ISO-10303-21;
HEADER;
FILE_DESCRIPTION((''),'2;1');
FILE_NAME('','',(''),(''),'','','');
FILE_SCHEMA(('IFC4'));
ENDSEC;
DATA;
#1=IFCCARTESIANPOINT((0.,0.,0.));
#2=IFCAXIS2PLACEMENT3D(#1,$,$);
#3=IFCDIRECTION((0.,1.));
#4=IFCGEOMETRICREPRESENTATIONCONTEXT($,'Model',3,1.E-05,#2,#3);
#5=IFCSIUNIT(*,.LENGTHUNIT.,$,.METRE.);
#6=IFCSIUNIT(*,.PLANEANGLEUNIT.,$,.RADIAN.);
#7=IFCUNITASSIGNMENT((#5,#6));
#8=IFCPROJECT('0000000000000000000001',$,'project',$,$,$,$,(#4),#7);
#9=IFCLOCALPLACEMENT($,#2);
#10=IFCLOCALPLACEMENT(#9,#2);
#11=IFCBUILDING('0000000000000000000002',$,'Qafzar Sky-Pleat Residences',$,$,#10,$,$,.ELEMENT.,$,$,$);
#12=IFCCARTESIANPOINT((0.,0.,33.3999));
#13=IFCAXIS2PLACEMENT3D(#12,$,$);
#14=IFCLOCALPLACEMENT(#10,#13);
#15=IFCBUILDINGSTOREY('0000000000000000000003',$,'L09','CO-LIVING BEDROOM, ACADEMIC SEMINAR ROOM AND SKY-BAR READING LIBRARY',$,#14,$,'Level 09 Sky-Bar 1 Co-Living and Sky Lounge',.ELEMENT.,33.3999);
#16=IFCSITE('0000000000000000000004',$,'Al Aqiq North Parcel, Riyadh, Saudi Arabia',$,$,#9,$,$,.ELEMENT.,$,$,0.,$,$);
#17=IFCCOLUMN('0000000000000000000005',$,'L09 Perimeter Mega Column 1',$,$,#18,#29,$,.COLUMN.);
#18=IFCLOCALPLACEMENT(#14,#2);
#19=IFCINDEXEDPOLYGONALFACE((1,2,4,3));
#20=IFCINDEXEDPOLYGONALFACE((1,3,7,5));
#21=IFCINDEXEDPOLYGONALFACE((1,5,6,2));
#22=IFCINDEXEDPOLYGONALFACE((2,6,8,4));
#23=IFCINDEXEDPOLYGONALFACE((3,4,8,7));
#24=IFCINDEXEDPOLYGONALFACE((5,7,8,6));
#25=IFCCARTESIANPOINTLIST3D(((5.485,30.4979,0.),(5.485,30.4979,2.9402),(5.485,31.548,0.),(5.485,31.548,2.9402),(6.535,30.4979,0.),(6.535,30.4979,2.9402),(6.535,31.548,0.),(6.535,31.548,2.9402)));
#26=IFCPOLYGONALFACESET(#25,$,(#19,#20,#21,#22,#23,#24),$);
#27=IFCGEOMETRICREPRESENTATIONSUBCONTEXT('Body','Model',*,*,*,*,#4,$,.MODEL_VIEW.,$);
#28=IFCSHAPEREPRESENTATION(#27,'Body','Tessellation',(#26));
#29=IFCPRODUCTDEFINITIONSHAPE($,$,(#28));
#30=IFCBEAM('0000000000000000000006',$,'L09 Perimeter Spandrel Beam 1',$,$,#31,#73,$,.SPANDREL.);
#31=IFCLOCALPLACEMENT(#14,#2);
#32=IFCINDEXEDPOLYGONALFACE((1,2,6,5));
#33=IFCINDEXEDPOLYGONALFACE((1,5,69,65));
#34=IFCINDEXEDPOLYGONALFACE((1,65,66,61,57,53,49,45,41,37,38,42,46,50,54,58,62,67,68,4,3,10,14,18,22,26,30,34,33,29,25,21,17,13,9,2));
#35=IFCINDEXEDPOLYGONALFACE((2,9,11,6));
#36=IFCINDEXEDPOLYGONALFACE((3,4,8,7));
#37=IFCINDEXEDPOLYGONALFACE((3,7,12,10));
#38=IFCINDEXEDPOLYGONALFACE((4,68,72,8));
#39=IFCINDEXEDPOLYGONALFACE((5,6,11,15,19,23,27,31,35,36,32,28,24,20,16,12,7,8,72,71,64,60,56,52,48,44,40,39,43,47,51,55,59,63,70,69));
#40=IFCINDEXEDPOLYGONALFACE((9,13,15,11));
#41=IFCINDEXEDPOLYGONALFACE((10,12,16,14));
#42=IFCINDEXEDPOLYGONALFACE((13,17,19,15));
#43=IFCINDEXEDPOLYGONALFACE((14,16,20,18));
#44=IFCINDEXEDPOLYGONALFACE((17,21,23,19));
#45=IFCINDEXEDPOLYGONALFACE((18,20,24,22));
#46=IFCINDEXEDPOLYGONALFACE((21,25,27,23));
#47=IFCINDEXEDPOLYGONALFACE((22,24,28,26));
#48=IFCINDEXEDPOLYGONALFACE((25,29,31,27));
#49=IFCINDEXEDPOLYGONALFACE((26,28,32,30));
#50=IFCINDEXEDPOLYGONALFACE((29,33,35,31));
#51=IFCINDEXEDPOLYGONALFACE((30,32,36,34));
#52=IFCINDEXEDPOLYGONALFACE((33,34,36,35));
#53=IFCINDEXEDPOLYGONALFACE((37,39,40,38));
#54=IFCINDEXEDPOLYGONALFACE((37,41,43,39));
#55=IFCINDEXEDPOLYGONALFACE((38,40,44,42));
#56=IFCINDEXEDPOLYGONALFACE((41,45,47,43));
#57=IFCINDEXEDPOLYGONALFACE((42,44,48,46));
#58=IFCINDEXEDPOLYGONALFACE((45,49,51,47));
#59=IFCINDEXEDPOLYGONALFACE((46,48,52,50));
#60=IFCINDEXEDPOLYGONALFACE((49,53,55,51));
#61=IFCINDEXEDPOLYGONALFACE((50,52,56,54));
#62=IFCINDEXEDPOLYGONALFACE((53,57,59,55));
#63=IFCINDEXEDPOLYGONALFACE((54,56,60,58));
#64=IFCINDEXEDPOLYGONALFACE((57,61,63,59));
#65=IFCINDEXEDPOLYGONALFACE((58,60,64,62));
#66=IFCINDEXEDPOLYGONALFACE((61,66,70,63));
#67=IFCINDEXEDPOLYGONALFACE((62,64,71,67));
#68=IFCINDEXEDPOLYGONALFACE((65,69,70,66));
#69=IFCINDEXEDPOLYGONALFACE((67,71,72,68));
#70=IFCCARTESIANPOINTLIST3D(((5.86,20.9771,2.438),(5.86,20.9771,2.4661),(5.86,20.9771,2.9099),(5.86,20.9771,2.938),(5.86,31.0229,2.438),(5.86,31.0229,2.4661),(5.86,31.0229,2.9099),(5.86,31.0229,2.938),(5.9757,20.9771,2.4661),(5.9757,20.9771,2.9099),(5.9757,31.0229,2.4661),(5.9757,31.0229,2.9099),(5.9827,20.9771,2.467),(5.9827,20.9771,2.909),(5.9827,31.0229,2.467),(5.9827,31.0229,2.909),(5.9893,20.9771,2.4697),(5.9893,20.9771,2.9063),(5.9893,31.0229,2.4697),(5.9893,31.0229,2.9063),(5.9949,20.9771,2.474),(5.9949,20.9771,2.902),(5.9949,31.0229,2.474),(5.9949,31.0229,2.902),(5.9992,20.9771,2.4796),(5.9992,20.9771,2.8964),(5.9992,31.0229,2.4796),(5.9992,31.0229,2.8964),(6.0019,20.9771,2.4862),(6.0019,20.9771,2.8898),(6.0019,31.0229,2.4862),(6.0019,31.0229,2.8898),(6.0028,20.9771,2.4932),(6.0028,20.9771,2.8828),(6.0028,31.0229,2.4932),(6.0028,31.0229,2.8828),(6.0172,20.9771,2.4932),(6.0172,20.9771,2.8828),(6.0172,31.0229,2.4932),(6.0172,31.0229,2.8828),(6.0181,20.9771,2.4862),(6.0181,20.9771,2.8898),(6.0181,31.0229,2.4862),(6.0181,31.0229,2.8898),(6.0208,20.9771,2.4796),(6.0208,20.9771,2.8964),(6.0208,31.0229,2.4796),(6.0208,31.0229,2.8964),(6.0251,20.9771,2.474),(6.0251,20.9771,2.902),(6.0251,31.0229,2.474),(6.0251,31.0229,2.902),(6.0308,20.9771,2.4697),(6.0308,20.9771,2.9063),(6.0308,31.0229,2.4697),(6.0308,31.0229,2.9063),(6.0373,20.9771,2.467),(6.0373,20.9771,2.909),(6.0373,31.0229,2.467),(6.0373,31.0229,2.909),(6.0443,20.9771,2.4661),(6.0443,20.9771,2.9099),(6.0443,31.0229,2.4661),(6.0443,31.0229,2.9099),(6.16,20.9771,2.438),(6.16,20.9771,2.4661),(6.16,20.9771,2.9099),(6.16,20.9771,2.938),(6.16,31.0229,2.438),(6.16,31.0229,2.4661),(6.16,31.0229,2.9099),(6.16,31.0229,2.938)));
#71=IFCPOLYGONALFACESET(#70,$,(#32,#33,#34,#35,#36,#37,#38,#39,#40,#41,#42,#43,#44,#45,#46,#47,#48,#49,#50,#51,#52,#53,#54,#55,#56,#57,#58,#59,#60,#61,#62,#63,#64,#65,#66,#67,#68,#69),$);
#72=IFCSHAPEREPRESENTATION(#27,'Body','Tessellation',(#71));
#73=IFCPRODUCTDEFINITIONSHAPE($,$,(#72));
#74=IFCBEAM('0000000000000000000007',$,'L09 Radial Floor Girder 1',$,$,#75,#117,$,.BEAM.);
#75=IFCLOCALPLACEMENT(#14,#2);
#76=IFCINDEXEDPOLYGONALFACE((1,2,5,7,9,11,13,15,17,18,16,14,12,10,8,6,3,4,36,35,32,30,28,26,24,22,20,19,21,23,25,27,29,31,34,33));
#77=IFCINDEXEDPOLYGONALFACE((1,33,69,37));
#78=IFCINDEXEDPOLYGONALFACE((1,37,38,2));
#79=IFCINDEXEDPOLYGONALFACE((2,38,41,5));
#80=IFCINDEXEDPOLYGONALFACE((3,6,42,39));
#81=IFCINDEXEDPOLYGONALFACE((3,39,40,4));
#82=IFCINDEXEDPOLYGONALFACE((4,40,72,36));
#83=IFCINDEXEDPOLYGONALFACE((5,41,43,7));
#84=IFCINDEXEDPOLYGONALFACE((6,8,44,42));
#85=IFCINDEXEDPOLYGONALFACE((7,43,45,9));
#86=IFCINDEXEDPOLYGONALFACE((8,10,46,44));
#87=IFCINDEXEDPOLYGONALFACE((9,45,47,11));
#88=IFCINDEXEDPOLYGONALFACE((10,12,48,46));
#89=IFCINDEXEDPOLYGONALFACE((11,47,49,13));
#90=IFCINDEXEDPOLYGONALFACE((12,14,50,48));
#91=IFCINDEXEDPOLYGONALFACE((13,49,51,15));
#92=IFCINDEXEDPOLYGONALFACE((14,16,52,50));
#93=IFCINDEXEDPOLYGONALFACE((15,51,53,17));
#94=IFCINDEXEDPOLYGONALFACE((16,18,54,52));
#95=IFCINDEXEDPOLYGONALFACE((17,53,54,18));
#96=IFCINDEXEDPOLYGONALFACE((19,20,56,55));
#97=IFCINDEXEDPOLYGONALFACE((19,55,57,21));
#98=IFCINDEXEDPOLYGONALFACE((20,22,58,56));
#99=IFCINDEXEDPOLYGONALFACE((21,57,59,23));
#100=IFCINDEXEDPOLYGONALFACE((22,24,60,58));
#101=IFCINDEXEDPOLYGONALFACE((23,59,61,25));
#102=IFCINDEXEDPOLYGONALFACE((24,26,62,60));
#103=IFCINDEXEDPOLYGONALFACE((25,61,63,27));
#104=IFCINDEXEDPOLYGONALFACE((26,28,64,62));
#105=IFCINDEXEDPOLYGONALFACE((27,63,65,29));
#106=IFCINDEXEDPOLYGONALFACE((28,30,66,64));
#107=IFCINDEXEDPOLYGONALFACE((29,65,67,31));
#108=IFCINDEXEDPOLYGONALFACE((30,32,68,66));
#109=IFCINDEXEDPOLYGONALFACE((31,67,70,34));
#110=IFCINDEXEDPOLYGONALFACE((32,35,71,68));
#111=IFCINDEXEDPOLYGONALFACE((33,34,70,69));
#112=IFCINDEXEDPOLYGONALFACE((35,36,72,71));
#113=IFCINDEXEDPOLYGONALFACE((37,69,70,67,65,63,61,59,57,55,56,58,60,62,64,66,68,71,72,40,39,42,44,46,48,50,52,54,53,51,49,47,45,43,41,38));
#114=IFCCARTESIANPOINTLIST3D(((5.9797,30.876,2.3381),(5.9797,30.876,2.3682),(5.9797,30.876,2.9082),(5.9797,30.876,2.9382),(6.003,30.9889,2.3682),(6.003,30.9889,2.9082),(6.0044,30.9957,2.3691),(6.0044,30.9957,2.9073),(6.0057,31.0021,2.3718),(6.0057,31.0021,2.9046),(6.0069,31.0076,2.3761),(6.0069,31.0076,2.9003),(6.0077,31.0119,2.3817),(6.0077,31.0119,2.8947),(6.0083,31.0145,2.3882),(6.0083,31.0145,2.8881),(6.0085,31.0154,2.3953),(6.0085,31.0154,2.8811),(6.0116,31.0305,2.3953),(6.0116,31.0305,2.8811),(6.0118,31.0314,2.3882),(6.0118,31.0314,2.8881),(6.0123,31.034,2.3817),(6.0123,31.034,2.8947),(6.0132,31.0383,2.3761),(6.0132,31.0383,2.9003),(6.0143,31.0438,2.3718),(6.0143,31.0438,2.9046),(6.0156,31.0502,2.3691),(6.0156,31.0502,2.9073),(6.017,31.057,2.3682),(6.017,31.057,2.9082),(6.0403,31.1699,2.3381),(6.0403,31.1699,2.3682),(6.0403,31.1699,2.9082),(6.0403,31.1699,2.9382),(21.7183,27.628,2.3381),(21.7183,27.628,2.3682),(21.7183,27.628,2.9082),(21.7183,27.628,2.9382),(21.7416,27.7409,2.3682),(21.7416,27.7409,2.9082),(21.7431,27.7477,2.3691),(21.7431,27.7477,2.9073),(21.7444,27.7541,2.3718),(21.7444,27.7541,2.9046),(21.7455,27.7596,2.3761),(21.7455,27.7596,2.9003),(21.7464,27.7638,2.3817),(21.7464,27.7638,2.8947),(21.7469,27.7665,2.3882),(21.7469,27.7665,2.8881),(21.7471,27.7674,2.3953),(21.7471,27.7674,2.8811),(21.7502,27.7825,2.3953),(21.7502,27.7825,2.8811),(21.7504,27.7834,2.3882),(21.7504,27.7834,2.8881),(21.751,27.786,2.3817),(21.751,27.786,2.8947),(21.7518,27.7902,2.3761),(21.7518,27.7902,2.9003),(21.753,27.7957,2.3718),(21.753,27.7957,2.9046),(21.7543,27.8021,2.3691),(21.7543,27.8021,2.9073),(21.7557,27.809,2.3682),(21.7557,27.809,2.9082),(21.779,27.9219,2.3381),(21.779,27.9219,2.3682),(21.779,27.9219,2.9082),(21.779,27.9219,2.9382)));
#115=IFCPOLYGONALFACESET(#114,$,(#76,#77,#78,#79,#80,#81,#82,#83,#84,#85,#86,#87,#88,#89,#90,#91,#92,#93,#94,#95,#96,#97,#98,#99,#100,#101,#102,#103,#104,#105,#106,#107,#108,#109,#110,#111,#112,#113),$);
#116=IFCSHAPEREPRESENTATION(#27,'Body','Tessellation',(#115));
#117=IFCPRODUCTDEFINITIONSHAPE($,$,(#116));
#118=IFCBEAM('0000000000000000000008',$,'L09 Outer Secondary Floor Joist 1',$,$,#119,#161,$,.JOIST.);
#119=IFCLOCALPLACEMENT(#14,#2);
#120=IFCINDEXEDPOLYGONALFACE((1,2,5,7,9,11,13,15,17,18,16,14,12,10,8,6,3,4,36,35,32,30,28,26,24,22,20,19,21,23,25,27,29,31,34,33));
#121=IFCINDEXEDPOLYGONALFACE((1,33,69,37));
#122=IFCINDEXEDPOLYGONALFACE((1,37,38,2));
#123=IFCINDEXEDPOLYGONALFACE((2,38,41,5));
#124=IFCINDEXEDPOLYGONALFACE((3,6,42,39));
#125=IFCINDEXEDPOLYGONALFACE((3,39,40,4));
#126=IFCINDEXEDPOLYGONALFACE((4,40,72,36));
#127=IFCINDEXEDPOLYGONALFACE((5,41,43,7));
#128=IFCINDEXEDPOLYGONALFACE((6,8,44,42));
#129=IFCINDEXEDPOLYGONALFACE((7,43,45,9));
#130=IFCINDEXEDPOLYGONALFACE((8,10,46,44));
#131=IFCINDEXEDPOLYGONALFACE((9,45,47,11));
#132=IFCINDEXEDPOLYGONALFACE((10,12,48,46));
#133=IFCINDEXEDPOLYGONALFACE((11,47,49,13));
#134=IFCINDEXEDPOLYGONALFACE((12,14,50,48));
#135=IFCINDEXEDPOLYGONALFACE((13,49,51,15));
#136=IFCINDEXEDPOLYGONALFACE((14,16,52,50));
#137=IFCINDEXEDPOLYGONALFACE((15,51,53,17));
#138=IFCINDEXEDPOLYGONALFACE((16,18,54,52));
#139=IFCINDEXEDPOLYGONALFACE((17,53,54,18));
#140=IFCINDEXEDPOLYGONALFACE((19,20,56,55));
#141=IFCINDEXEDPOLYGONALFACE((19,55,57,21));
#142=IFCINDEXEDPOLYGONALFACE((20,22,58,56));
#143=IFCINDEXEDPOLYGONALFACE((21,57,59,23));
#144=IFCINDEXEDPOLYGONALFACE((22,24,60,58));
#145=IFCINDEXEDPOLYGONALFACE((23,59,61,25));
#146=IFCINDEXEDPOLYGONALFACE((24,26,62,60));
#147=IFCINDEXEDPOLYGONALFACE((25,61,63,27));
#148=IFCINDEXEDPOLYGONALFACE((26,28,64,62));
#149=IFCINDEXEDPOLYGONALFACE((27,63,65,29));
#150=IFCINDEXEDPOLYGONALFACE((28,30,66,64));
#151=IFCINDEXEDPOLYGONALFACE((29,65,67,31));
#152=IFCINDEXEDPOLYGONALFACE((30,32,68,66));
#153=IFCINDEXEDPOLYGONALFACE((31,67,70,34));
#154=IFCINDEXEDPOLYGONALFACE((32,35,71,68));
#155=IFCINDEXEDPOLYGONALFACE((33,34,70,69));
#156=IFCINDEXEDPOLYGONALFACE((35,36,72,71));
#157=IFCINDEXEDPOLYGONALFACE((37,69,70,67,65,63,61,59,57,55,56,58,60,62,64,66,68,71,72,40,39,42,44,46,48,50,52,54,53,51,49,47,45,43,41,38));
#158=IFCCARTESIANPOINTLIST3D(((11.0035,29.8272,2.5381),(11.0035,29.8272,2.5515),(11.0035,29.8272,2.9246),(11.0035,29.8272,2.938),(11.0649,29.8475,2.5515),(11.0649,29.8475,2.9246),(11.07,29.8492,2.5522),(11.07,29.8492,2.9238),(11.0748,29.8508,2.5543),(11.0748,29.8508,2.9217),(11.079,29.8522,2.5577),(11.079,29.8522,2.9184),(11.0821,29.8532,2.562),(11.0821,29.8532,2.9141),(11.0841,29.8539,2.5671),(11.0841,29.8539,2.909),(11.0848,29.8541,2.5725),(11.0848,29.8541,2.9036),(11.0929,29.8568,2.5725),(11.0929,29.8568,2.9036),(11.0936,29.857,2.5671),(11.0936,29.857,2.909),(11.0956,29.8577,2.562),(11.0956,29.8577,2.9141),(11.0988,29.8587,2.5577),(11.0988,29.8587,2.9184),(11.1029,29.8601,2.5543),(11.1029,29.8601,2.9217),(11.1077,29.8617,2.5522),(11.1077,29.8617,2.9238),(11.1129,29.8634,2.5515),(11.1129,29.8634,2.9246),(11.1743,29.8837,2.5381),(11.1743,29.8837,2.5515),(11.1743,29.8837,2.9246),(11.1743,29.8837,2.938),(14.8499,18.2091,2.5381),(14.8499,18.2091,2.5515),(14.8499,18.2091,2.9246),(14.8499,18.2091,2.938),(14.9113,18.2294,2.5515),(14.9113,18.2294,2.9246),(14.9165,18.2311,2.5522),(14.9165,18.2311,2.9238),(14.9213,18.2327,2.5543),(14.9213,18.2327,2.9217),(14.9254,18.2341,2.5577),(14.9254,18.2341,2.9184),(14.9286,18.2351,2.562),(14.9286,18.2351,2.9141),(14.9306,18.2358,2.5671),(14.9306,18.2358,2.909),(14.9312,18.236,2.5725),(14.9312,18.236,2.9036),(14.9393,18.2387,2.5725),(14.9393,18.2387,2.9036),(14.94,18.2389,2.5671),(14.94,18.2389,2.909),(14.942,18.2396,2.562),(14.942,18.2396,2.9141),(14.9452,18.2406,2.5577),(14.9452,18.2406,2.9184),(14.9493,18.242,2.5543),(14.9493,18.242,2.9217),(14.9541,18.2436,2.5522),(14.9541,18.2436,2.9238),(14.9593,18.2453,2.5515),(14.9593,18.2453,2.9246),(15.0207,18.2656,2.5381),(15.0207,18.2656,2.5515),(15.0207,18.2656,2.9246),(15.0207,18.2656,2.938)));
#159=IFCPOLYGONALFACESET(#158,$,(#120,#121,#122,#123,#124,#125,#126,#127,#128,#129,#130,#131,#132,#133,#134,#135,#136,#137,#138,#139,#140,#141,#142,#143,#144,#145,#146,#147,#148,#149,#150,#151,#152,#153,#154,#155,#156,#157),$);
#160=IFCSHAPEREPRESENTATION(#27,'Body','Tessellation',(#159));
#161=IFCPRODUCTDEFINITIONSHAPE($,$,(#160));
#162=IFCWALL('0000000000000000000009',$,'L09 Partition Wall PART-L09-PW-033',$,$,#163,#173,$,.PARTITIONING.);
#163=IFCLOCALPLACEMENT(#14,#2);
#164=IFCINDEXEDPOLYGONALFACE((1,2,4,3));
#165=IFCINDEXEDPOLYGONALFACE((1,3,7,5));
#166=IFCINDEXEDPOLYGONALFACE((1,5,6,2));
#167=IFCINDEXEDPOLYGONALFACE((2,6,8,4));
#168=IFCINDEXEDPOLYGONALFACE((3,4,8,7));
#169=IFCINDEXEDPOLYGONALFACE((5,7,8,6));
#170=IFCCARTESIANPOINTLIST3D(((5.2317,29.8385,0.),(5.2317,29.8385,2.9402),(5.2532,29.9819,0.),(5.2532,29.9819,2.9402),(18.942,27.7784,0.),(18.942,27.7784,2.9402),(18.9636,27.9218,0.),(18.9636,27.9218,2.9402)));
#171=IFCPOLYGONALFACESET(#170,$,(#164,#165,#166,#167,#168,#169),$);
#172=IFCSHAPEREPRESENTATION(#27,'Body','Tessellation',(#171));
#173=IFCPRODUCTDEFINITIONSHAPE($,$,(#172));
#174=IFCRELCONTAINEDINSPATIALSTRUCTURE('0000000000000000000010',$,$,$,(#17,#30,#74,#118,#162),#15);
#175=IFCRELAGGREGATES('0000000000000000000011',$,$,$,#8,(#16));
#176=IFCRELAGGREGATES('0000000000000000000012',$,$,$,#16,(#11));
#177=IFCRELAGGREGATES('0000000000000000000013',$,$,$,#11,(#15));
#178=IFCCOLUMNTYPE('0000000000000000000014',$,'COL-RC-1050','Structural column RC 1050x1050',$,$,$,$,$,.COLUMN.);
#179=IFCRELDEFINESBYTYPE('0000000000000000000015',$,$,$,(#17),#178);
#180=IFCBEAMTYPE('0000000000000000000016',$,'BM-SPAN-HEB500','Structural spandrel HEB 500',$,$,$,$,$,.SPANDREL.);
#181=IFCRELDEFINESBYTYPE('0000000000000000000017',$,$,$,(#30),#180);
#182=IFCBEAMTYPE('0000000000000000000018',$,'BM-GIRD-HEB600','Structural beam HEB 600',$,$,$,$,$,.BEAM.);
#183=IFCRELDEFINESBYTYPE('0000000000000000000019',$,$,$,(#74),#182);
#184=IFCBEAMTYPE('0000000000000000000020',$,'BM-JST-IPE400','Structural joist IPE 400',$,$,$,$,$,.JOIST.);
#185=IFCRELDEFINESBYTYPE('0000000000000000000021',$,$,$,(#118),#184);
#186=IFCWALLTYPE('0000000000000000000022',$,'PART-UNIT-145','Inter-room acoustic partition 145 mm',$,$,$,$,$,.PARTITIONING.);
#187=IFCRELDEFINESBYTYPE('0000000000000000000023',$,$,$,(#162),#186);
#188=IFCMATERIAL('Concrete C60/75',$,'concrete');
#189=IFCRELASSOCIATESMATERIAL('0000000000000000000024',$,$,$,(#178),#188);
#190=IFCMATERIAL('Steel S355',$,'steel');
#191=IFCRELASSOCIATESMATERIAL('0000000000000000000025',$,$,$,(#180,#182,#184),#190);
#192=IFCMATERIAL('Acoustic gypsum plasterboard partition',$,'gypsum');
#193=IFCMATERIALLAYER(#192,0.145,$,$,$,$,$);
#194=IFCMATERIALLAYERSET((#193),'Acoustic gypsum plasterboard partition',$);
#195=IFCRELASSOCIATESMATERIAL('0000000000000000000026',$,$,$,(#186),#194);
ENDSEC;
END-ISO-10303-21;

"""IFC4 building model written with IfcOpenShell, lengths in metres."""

from ifc_helpers import new_model, si_unit, direction, frame, frame_2d, origin, origin_2d, place, context, subcontext, project, spatial, rectangle, i_section, extrude, source, transform, mapped, material, layer, layer_set, material_profile, profile_set, type_object, element, save


model = new_model("IFC4")

# Units and contexts
model_context = context("Model", 3, precision=1e-05, world=origin(), true_north=direction((0.0, 1.0)))
body_context = subcontext(model_context, "Body", "Model", "MODEL_VIEW")
ifc_project = project(units=[si_unit("LENGTHUNIT", "METRE"), si_unit("PLANEANGLEUNIT", "RADIAN")], contexts=[model_context])

# Site, building, storey
site_placement = place(None, origin())
site = spatial("IfcSite", under=ifc_project, at=site_placement, Name="Al Aqiq North Parcel, Riyadh, Saudi Arabia", CompositionType="ELEMENT", RefElevation=0.0)
building_placement = place(site_placement, origin())
building = spatial("IfcBuilding", under=site, at=building_placement, Name="Qafzar Sky-Pleat Residences", CompositionType="ELEMENT")
storey_placement = place(building_placement, frame((0.0, 0.0, 33.3999)))
storey = spatial("IfcBuildingStorey", under=building, at=storey_placement, Name="L09", Description="CO-LIVING BEDROOM, ACADEMIC SEMINAR ROOM AND SKY-BAR READING LIBRARY", LongName="Level 09 Sky-Bar 1 Co-Living and Sky Lounge", CompositionType="ELEMENT", Elevation=33.3999)

# Column
ifc_material_1 = material(Name="Concrete C60/75", Category="concrete")
ifc_material_profile_1 = material_profile(ifc_material_1, rectangle(XDim=1.05, YDim=1.05, at=origin_2d()), Name="RC 1050x1050")
ifc_profile_set_1 = profile_set([ifc_material_profile_1], Name="Concrete C60/75")
column_type = type_object("IfcColumnType", Name="COL-RC-1050", Description="Structural column RC 1050x1050", PredefinedType="COLUMN", material=ifc_profile_set_1)
shared_shape_1 = source(origin(), body_context, "Body", "SweptSolid", [
    extrude(rectangle(XDim=1.05, YDim=1.05, at=origin_2d()), origin(), (0.0, 0.0, 1.0), 2.9402),
])
column_placement = place(storey_placement, frame((6.01, 31.0229, 0.0), z_axis=(0.0, 0.0, 1.0), x_axis=(1.0, 0.0, 0.0)))
element("IfcColumn", 1, at=column_placement, inside=storey, type_object=column_type, Name="L09 Perimeter Mega Column 1", PredefinedType="COLUMN", context=body_context, shape_type="MappedRepresentation", body=[
    mapped(shared_shape_1, transform((0.0, 0.0, 0.0), x_axis=(1.0, 0.0, 0.0), y_axis=(0.0, 1.0, 0.0), z_axis=(0.0, 0.0, 1.0), scale=1.0)),
])

# Beams
ifc_material_2 = material(Name="Steel S355", Category="steel")
ifc_material_profile_2 = material_profile(ifc_material_2, i_section(OverallWidth=0.3, OverallDepth=0.5, WebThickness=0.0144, FlangeThickness=0.0281, FilletRadius=0.0271, at=origin_2d()), Name="HEB 500")
ifc_profile_set_2 = profile_set([ifc_material_profile_2], Name="Steel S355")
beam_type_1 = type_object("IfcBeamType", Name="BM-SPAN-HEB500", Description="Structural spandrel HEB 500", PredefinedType="SPANDREL", material=ifc_profile_set_2)
shared_shape_2 = source(origin(), body_context, "Body", "SweptSolid", [
    extrude(i_section(OverallWidth=0.3, OverallDepth=0.5, WebThickness=0.0144, FlangeThickness=0.0281, FilletRadius=0.0271, at=origin_2d()), origin(), (0.0, 0.0, 1.0), 10.0459),
])
beam_1_placement = place(storey_placement, frame((6.01, 31.0229, 2.688), z_axis=(0.0, -1.0, 0.0), x_axis=(1.0, 0.0, 0.0)))
element("IfcBeam", 2, at=beam_1_placement, inside=storey, type_object=beam_type_1, Name="L09 Perimeter Spandrel Beam 1", PredefinedType="SPANDREL", context=body_context, shape_type="MappedRepresentation", body=[
    mapped(shared_shape_2, transform((0.0, 0.0, 0.0), x_axis=(1.0, 0.0, 0.0), y_axis=(0.0, 1.0, 0.0), z_axis=(0.0, 0.0, 1.0), scale=1.0)),
])
ifc_material_profile_3 = material_profile(ifc_material_2, i_section(OverallWidth=0.3, OverallDepth=0.6001, WebThickness=0.0154, FlangeThickness=0.03, FilletRadius=0.0271, at=origin_2d()), Name="HEB 600")
ifc_profile_set_3 = profile_set([ifc_material_profile_3], Name="Steel S355")
beam_type_2 = type_object("IfcBeamType", Name="BM-GIRD-HEB600", Description="Structural beam HEB 600", PredefinedType="BEAM", material=ifc_profile_set_3)
shared_shape_3 = source(origin(), body_context, "Body", "SweptSolid", [
    extrude(i_section(OverallWidth=0.3, OverallDepth=0.6001, WebThickness=0.0154, FlangeThickness=0.03, FilletRadius=0.0271, at=origin_2d()), origin(), (0.0, 0.0, 1.0), 16.0703),
])
beam_2_placement = place(storey_placement, frame((6.01, 31.0229, 2.6382), z_axis=(0.979362, -0.202113, 0.0), x_axis=(0.202113, 0.979362, 0.0)))
element("IfcBeam", 3, at=beam_2_placement, inside=storey, type_object=beam_type_2, Name="L09 Radial Floor Girder 1", PredefinedType="BEAM", context=body_context, shape_type="MappedRepresentation", body=[
    mapped(shared_shape_3, transform((0.0, 0.0, 0.0), x_axis=(1.0, 0.0, 0.0), y_axis=(0.0, 1.0, 0.0), z_axis=(0.0, 0.0, 1.0), scale=1.0)),
])
ifc_material_profile_4 = material_profile(ifc_material_2, i_section(OverallWidth=0.1799, OverallDepth=0.3999, WebThickness=0.0085, FlangeThickness=0.0134, FilletRadius=0.021, at=origin_2d()), Name="IPE 400")
ifc_profile_set_4 = profile_set([ifc_material_profile_4], Name="Steel S355")
beam_type_3 = type_object("IfcBeamType", Name="BM-JST-IPE400", Description="Structural joist IPE 400", PredefinedType="JOIST", material=ifc_profile_set_4)
shared_shape_4 = source(origin(), body_context, "Body", "SweptSolid", [
    extrude(i_section(OverallWidth=0.1799, OverallDepth=0.3999, WebThickness=0.0085, FlangeThickness=0.0134, FilletRadius=0.021, at=origin_2d()), origin(), (0.0, 0.0, 1.0), 12.2383),
])
beam_3_placement = place(storey_placement, frame((11.0889, 29.8555, 2.738), z_axis=(0.314294, -0.949326, 0.0), x_axis=(0.949326, 0.314294, 0.0)))
element("IfcBeam", 4, at=beam_3_placement, inside=storey, type_object=beam_type_3, Name="L09 Outer Secondary Floor Joist 1", PredefinedType="JOIST", context=body_context, shape_type="MappedRepresentation", body=[
    mapped(shared_shape_4, transform((0.0, 0.0, 0.0), x_axis=(1.0, 0.0, 0.0), y_axis=(0.0, 1.0, 0.0), z_axis=(0.0, 0.0, 1.0), scale=1.0)),
])

# Wall
ifc_material_3 = material(Name="Acoustic gypsum plasterboard partition", Category="gypsum")
ifc_layer_1 = layer(ifc_material_3, 0.145)
ifc_layer_set_1 = layer_set([ifc_layer_1], Name="Acoustic gypsum plasterboard partition")
wall_type_1 = type_object("IfcWallType", Name="PART-UNIT-145", Description="Inter-room acoustic partition 145 mm", PredefinedType="PARTITIONING", material=ifc_layer_set_1)
wall_1_placement = place(storey_placement, frame((5.2424, 29.9102, 0.0), z_axis=(0.0, 0.0, 1.0), x_axis=(0.988899, -0.148587, 0.0)))
element("IfcWall", 5, at=wall_1_placement, inside=storey, type_object=wall_type_1, Name="L09 Partition Wall PART-L09-PW-033", PredefinedType="PARTITIONING", context=body_context, shape_type="SweptSolid", body=[
    extrude(rectangle(XDim=13.8643, YDim=0.145, at=frame_2d((6.9321, 0.0))), origin(), (0.0, 0.0, 1.0), 2.9402),
])

save(model, "model.ifc")
